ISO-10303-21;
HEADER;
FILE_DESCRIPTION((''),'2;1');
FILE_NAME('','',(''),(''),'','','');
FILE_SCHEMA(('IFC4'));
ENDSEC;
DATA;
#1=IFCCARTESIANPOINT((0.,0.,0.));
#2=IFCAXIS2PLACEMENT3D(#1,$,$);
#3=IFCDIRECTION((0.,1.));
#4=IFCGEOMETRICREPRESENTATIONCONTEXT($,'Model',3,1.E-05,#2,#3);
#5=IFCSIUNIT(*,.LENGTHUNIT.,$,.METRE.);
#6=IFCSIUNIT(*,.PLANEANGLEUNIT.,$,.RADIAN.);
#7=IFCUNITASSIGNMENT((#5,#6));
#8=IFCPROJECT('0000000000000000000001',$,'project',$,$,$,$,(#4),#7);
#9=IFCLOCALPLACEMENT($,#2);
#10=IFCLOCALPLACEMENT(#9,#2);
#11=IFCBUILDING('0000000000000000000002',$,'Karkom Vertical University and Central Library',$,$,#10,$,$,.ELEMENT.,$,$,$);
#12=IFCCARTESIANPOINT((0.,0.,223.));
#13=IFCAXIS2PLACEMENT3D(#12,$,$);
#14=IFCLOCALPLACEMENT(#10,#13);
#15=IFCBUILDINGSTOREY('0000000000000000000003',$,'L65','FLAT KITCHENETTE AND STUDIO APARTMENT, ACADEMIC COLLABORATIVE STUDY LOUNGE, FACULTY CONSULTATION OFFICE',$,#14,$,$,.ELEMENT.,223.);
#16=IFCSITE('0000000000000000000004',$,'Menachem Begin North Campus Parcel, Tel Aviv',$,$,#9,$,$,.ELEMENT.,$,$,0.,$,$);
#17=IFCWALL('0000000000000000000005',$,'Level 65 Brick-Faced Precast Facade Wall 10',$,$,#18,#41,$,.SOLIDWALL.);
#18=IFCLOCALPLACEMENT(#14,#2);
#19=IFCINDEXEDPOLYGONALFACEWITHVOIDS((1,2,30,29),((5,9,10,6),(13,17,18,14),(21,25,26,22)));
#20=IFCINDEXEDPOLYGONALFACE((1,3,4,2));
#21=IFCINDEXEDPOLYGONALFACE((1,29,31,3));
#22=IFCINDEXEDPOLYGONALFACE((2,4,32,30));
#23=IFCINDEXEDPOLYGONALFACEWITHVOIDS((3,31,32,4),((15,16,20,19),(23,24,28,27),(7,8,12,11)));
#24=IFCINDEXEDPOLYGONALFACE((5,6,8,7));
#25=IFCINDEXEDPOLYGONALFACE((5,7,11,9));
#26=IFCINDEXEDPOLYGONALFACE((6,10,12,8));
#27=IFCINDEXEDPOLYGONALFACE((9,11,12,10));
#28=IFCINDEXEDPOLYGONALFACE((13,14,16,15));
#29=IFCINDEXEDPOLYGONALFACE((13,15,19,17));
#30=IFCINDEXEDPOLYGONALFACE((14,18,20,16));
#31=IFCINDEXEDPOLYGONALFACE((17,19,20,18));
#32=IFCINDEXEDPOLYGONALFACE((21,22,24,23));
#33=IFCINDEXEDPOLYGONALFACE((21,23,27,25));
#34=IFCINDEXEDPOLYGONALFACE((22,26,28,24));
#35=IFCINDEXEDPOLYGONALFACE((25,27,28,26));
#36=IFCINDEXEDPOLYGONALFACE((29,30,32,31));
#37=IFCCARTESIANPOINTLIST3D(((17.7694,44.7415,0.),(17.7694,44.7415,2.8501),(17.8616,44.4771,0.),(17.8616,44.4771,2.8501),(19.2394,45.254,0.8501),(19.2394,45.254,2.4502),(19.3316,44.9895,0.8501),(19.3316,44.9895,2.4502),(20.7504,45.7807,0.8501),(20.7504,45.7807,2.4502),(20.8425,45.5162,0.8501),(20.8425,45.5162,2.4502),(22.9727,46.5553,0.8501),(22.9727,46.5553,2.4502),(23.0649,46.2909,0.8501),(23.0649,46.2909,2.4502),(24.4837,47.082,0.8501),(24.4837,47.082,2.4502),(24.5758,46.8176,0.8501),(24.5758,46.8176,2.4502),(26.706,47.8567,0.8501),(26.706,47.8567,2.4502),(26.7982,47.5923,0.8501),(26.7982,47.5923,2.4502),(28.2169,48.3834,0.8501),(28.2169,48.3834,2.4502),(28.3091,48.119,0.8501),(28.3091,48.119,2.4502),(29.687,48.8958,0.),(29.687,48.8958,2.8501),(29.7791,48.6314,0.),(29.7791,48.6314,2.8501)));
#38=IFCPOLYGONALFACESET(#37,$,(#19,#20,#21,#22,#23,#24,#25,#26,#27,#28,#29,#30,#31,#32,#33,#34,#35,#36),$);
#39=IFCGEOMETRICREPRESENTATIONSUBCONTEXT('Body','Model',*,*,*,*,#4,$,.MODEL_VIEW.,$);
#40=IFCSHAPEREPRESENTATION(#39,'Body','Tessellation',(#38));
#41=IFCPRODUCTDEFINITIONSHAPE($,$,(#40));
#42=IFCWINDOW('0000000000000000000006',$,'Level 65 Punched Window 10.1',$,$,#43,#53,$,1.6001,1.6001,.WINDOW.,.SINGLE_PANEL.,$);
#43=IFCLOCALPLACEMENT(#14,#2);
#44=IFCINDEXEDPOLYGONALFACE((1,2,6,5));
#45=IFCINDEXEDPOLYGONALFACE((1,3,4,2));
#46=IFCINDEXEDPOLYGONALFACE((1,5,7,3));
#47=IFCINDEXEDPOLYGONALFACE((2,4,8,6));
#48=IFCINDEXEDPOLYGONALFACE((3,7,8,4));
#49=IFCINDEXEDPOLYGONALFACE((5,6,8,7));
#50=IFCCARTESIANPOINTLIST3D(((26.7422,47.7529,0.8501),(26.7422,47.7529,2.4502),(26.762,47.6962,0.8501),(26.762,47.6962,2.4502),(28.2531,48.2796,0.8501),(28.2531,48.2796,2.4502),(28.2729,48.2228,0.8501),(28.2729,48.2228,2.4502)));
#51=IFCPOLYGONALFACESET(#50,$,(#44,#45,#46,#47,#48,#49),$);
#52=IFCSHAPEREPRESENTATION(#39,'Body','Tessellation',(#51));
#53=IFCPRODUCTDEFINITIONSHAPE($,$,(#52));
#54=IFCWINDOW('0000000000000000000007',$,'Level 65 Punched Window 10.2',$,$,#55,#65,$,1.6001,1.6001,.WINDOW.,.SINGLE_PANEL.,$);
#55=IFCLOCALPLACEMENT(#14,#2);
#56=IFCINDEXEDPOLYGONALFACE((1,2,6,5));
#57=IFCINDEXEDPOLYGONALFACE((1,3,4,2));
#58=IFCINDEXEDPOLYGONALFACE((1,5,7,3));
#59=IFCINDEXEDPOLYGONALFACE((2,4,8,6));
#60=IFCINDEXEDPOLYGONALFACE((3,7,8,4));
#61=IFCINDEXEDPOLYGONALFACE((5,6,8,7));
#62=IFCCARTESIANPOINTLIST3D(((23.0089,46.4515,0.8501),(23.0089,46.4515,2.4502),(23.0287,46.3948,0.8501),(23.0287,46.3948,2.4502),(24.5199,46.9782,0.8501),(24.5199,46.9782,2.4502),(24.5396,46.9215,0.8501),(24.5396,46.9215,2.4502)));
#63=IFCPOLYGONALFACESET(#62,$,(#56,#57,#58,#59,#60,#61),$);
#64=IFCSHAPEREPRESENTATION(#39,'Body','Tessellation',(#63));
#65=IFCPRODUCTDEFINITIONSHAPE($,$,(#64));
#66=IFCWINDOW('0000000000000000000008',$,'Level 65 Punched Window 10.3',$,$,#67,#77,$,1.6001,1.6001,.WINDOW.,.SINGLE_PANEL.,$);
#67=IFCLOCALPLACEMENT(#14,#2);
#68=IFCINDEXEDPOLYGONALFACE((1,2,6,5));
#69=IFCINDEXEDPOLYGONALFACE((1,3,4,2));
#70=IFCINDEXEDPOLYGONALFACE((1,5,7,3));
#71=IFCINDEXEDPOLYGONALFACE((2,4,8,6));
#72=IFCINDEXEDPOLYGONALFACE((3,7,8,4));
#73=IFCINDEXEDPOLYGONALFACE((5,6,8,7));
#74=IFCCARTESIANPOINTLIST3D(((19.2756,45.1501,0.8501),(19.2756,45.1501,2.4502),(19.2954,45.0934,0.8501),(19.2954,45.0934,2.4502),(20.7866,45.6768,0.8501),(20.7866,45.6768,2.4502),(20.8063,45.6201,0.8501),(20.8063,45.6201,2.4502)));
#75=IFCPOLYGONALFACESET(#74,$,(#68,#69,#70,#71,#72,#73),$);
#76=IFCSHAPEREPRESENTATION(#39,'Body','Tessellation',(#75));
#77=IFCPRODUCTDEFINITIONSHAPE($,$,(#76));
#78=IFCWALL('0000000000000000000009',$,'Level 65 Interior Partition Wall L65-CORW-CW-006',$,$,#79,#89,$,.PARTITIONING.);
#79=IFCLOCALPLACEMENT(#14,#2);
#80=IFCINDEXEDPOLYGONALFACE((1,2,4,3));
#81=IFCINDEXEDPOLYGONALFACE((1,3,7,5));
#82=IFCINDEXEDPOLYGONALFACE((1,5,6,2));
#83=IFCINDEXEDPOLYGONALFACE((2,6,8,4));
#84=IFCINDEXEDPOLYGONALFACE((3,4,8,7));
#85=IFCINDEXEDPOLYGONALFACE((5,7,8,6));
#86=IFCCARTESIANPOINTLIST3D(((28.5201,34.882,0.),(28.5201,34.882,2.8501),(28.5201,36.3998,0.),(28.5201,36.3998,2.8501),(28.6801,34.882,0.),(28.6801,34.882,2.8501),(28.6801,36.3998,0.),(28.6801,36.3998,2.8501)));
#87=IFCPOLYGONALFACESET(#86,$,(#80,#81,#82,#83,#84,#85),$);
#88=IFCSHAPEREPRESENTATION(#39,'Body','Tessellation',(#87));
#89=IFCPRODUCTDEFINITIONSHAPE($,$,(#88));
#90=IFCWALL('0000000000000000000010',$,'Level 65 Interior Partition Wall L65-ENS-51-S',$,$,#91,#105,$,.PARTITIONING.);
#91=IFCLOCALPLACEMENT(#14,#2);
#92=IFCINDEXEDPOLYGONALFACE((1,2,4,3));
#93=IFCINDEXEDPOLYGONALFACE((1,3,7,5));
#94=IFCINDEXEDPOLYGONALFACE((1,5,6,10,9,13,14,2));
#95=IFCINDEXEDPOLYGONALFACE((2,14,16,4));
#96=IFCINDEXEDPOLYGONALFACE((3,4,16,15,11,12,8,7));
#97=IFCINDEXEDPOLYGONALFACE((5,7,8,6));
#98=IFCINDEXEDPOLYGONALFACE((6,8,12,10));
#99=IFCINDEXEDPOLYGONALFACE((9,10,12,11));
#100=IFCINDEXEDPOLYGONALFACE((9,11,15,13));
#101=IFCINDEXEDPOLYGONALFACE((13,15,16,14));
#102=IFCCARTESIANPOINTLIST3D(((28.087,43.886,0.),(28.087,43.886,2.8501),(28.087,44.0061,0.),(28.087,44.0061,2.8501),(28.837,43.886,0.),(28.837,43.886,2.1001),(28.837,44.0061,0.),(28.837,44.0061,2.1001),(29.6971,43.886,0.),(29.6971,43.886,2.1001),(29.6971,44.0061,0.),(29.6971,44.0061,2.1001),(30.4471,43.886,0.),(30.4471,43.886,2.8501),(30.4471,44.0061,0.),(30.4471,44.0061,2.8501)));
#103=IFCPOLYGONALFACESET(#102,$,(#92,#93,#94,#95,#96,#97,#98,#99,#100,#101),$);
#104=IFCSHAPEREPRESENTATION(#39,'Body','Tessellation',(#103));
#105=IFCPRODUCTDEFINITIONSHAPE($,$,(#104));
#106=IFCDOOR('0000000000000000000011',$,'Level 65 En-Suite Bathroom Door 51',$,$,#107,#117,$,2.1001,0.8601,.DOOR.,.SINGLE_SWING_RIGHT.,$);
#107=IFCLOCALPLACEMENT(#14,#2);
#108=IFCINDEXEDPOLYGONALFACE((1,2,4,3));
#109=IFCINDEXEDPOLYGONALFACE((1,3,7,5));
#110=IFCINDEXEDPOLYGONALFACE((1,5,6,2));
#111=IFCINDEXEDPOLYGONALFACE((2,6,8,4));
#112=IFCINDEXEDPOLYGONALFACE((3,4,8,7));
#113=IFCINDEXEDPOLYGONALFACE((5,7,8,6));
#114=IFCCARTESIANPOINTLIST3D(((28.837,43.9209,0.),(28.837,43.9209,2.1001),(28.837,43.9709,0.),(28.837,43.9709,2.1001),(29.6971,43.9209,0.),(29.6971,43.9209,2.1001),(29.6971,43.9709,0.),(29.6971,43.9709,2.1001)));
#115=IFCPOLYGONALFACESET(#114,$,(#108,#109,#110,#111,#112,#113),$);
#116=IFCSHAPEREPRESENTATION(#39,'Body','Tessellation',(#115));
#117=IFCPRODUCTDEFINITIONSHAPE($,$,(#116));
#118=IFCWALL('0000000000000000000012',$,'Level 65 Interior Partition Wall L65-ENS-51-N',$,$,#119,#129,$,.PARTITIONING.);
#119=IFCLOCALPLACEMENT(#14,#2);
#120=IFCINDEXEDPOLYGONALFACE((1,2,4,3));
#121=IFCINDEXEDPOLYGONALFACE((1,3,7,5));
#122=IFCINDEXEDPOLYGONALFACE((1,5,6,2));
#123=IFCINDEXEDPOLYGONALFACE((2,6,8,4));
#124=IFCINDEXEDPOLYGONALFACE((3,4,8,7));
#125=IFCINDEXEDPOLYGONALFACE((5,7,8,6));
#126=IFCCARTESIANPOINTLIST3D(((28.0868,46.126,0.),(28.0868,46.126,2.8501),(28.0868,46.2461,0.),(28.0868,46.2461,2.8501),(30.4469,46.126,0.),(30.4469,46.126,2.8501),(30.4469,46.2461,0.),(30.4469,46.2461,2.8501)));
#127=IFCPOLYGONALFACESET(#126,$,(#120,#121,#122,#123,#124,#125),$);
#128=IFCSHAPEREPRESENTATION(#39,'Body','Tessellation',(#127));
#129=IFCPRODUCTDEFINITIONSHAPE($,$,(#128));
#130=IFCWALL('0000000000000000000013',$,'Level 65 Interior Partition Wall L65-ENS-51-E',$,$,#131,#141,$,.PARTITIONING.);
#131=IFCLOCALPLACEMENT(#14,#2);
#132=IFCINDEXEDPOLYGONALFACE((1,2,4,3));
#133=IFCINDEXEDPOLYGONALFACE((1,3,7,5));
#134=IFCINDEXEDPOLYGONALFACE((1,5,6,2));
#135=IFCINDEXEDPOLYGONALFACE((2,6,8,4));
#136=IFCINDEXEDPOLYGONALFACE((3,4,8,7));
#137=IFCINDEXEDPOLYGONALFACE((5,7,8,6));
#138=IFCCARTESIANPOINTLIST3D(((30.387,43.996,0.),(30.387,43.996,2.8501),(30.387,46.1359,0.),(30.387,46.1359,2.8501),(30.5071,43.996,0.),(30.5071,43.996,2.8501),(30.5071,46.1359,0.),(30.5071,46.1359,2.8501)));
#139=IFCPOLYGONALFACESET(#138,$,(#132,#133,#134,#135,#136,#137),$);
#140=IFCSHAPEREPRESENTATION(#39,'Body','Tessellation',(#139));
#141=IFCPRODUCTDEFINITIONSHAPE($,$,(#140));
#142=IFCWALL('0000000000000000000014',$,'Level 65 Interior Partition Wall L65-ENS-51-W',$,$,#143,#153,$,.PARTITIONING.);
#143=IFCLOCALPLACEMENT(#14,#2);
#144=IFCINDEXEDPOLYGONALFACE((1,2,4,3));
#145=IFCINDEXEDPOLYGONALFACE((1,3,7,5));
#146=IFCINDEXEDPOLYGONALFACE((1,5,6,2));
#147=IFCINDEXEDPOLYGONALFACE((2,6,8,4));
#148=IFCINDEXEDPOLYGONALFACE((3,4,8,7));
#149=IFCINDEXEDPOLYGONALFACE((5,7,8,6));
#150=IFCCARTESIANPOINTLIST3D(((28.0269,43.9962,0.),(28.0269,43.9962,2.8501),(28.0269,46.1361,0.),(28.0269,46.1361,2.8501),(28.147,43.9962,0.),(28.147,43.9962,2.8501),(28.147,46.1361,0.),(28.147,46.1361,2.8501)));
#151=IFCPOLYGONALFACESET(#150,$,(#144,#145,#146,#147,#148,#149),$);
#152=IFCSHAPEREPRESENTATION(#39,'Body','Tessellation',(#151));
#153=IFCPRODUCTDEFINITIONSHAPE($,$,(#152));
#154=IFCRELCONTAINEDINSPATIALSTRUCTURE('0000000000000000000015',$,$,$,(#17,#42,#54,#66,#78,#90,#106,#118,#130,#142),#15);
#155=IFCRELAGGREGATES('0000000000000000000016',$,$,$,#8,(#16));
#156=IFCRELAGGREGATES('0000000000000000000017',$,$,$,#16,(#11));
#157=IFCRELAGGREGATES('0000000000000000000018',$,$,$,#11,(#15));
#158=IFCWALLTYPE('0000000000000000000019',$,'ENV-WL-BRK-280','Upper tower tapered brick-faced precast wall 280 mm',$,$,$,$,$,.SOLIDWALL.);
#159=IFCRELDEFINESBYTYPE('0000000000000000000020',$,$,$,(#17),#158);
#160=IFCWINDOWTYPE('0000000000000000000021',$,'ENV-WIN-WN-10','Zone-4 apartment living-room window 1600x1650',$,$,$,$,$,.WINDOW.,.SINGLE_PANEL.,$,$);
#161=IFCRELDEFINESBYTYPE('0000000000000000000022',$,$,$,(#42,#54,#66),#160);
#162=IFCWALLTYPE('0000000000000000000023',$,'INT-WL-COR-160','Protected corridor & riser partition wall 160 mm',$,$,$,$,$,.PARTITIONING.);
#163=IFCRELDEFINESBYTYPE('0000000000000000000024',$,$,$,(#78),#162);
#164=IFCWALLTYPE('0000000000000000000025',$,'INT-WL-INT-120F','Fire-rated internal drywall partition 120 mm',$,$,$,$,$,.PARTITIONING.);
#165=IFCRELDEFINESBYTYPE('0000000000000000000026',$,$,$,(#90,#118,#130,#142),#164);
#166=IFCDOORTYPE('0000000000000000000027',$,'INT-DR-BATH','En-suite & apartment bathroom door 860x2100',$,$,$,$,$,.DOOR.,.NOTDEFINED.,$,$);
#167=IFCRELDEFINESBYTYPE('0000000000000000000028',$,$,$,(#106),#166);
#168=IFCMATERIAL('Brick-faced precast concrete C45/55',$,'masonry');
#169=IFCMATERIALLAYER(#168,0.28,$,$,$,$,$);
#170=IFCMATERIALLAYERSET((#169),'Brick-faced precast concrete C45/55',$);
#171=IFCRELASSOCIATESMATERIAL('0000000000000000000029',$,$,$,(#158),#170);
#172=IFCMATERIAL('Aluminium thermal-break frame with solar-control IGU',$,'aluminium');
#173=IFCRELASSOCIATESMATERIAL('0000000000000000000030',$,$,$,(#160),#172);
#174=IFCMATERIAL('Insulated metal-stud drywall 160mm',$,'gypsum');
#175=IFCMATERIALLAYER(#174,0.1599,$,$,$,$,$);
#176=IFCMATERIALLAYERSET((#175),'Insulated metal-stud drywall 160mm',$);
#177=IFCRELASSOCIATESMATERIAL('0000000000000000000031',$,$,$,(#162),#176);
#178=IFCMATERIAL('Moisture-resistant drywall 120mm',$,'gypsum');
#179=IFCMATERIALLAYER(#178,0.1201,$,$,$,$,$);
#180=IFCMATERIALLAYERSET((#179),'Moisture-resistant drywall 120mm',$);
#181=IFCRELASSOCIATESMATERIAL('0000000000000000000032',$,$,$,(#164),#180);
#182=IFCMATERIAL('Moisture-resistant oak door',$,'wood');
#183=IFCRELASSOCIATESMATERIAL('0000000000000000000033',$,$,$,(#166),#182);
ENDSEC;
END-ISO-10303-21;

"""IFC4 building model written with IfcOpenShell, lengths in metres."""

from ifc_helpers import new_model, si_unit, direction, frame, frame_2d, origin, origin_with_axes, place, context, subcontext, project, spatial, rectangle, extrude, source, transform, mapped, material, layer, layer_set, type_object, element, fill, save


model = new_model("IFC4")

# Units and contexts
model_context = context("Model", 3, precision=1e-05, world=origin(), true_north=direction((0.0, 1.0)))
body_context = subcontext(model_context, "Body", "Model", "MODEL_VIEW")
ifc_project = project(units=[si_unit("LENGTHUNIT", "METRE"), si_unit("PLANEANGLEUNIT", "RADIAN")], contexts=[model_context])

# Site, building, storey
site_placement = place(None, origin())
site = spatial("IfcSite", under=ifc_project, at=site_placement, Name="Menachem Begin North Campus Parcel, Tel Aviv", CompositionType="ELEMENT", RefElevation=0.0)
building_placement = place(site_placement, origin())
building = spatial("IfcBuilding", under=site, at=building_placement, Name="Karkom Vertical University and Central Library", CompositionType="ELEMENT")
storey_placement = place(building_placement, frame((0.0, 0.0, 223.0)))
storey = spatial("IfcBuildingStorey", under=building, at=storey_placement, Name="L65", Description="FLAT KITCHENETTE AND STUDIO APARTMENT, ACADEMIC COLLABORATIVE STUDY LOUNGE, FACULTY CONSULTATION OFFICE", CompositionType="ELEMENT", Elevation=223.0)

# Wall, openings, windows
ifc_material_1 = material(Name="Brick-faced precast concrete C45/55", Category="masonry")
ifc_layer_1 = layer(ifc_material_1, 0.28)
ifc_layer_set_1 = layer_set([ifc_layer_1], Name="Brick-faced precast concrete C45/55")
wall_type_1 = type_object("IfcWallType", Name="ENV-WL-BRK-280", Description="Upper tower tapered brick-faced precast wall 280 mm", PredefinedType="SOLIDWALL", material=ifc_layer_set_1)
wall_1_placement = place(storey_placement, frame((29.7332, 48.7637, 0.0), z_axis=(0.0, 0.0, 1.0), x_axis=(-0.944273, -0.329163, 0.0)))
wall_1 = element("IfcWall", 1, at=wall_1_placement, inside=storey, type_object=wall_type_1, Name="Level 65 Brick-Faced Precast Facade Wall 10", PredefinedType="SOLIDWALL", context=body_context, shape_type="SweptSolid", body=[
    extrude(rectangle(XDim=12.6208, YDim=0.28, at=frame_2d((6.3105, 0.0))), origin(), (0.0, 0.0, 1.0), 2.8501),
])
opening_1_placement = place(wall_1_placement, frame((1.5569, 0.0, 0.8501)))
opening_1 = element("IfcOpeningElement", 2, at=opening_1_placement, cuts=wall_1, PredefinedType="OPENING", context=body_context, shape_type="SweptSolid", body=[
    extrude(rectangle(XDim=1.6001, YDim=1.6001, at=frame_2d((0.8, 0.8))), frame((0.0, 0.1499, 0.0), z_axis=(0.0, -1.0, 0.0), x_axis=(1.0, 0.0, 0.0)), (0.0, 0.0, 1.0), 0.3),
])
opening_2_placement = place(wall_1_placement, frame((5.5105, 0.0, 0.8501)))
opening_2 = element("IfcOpeningElement", 3, at=opening_2_placement, cuts=wall_1, PredefinedType="OPENING", context=body_context, shape_type="SweptSolid", body=[
    extrude(rectangle(XDim=1.6001, YDim=1.6001, at=frame_2d((0.8, 0.8))), frame((0.0, 0.1499, 0.0), z_axis=(0.0, -1.0, 0.0), x_axis=(1.0, 0.0, 0.0)), (0.0, 0.0, 1.0), 0.3),
])
opening_3_placement = place(wall_1_placement, frame((9.4641, 0.0, 0.8501)))
opening_3 = element("IfcOpeningElement", 4, at=opening_3_placement, cuts=wall_1, PredefinedType="OPENING", context=body_context, shape_type="SweptSolid", body=[
    extrude(rectangle(XDim=1.6001, YDim=1.6001, at=frame_2d((0.8, 0.8))), frame((0.0, 0.1499, 0.0), z_axis=(0.0, -1.0, 0.0), x_axis=(1.0, 0.0, 0.0)), (0.0, 0.0, 1.0), 0.3),
])
ifc_material_2 = material(Name="Aluminium thermal-break frame with solar-control IGU", Category="aluminium")
window_type = type_object("IfcWindowType", Name="ENV-WIN-WN-10", Description="Zone-4 apartment living-room window 1600x1650", PartitioningType="SINGLE_PANEL", PredefinedType="WINDOW", material=ifc_material_2)
shared_shape_1 = source(origin_with_axes(), body_context, "Body", "SweptSolid", [
    extrude(rectangle(XDim=1.6001, YDim=1.6001, at=frame_2d((0.8, 0.8))), frame((0.0, 0.03, 0.0), z_axis=(0.0, -1.0, 0.0), x_axis=(1.0, 0.0, 0.0)), (0.0, 0.0, 1.0), 0.0601),
])
window_1_placement = place(opening_1_placement, origin())
window_1 = element("IfcWindow", 5, at=window_1_placement, inside=storey, type_object=window_type, Name="Level 65 Punched Window 10.1", OverallHeight=1.6001, OverallWidth=1.6001, PartitioningType="SINGLE_PANEL", PredefinedType="WINDOW", context=body_context, shape_type="MappedRepresentation", body=[
    mapped(shared_shape_1, transform((0.0, 0.0, 0.0), scale=1.0)),
])
fill(opening_1, window_1)
window_2_placement = place(opening_2_placement, origin())
window_2 = element("IfcWindow", 6, at=window_2_placement, inside=storey, type_object=window_type, Name="Level 65 Punched Window 10.2", OverallHeight=1.6001, OverallWidth=1.6001, PartitioningType="SINGLE_PANEL", PredefinedType="WINDOW", context=body_context, shape_type="MappedRepresentation", body=[
    mapped(shared_shape_1, transform((0.0, 0.0, 0.0), scale=1.0)),
])
fill(opening_2, window_2)
window_3_placement = place(opening_3_placement, origin())
window_3 = element("IfcWindow", 7, at=window_3_placement, inside=storey, type_object=window_type, Name="Level 65 Punched Window 10.3", OverallHeight=1.6001, OverallWidth=1.6001, PartitioningType="SINGLE_PANEL", PredefinedType="WINDOW", context=body_context, shape_type="MappedRepresentation", body=[
    mapped(shared_shape_1, transform((0.0, 0.0, 0.0), scale=1.0)),
])
fill(opening_3, window_3)

# Shared definitions
ifc_material_3 = material(Name="Insulated metal-stud drywall 160mm", Category="gypsum")
ifc_layer_2 = layer(ifc_material_3, 0.1599)
ifc_layer_set_2 = layer_set([ifc_layer_2], Name="Insulated metal-stud drywall 160mm")
wall_type_2 = type_object("IfcWallType", Name="INT-WL-COR-160", Description="Protected corridor & riser partition wall 160 mm", PredefinedType="PARTITIONING", material=ifc_layer_set_2)

# Wall
wall_2_placement = place(storey_placement, frame((28.6001, 34.8821, 0.0), z_axis=(0.0, 0.0, 1.0), x_axis=(0.0, 1.0, 0.0)))
element("IfcWall", 8, at=wall_2_placement, inside=storey, type_object=wall_type_2, Name="Level 65 Interior Partition Wall L65-CORW-CW-006", PredefinedType="PARTITIONING", context=body_context, shape_type="SweptSolid", body=[
    extrude(rectangle(XDim=1.5178, YDim=0.1599, at=frame_2d((0.7588, 0.0))), origin(), (0.0, 0.0, 1.0), 2.8501),
])

# Wall, opening, door
ifc_material_4 = material(Name="Moisture-resistant drywall 120mm", Category="gypsum")
ifc_layer_3 = layer(ifc_material_4, 0.1201)
ifc_layer_set_3 = layer_set([ifc_layer_3], Name="Moisture-resistant drywall 120mm")
wall_type_3 = type_object("IfcWallType", Name="INT-WL-INT-120F", Description="Fire-rated internal drywall partition 120 mm", PredefinedType="PARTITIONING", material=ifc_layer_set_3)
wall_3_placement = place(storey_placement, frame((28.0869, 43.946, 0.0), z_axis=(0.0, 0.0, 1.0), x_axis=(1.0, 0.0, 0.0)))
wall_3 = element("IfcWall", 9, at=wall_3_placement, inside=storey, type_object=wall_type_3, Name="Level 65 Interior Partition Wall L65-ENS-51-S", PredefinedType="PARTITIONING", context=body_context, shape_type="SweptSolid", body=[
    extrude(rectangle(XDim=2.3601, YDim=0.1201, at=frame_2d((1.1802, 0.0))), origin(), (0.0, 0.0, 1.0), 2.8501),
])
opening_4_placement = place(wall_3_placement, frame((0.75, 0.0, 0.0)))
opening_4 = element("IfcOpeningElement", 10, at=opening_4_placement, cuts=wall_3, PredefinedType="OPENING", context=body_context, shape_type="SweptSolid", body=[
    extrude(rectangle(XDim=0.8601, YDim=2.1001, at=frame_2d((0.4302, 1.05))), frame((0.0, 0.0701, 0.0), z_axis=(0.0, -1.0, 0.0), x_axis=(1.0, 0.0, 0.0)), (0.0, 0.0, 1.0), 0.1401),
])
ifc_material_5 = material(Name="Moisture-resistant oak door", Category="wood")
door_type_1 = type_object("IfcDoorType", Name="INT-DR-BATH", Description="En-suite & apartment bathroom door 860x2100", OperationType="NOTDEFINED", PredefinedType="DOOR", material=ifc_material_5)
shared_shape_2 = source(origin_with_axes(), body_context, "Body", "SweptSolid", [
    extrude(rectangle(XDim=0.8601, YDim=2.1001, at=frame_2d((0.4302, 1.05))), frame((0.0, 0.0249, 0.0), z_axis=(0.0, -1.0, 0.0), x_axis=(1.0, 0.0, 0.0)), (0.0, 0.0, 1.0), 0.05),
])
door_1_placement = place(opening_4_placement, origin())
door_1 = element("IfcDoor", 11, at=door_1_placement, inside=storey, type_object=door_type_1, Name="Level 65 En-Suite Bathroom Door 51", OperationType="SINGLE_SWING_RIGHT", OverallHeight=2.1001, OverallWidth=0.8601, PredefinedType="DOOR", context=body_context, shape_type="MappedRepresentation", body=[
    mapped(shared_shape_2, transform((0.0, 0.0, 0.0), scale=1.0)),
])
fill(opening_4, door_1)

# Walls
wall_4_placement = place(storey_placement, frame((30.447, 46.186, 0.0), z_axis=(0.0, 0.0, 1.0), x_axis=(-1.0, 0.0, 0.0)))
element("IfcWall", 12, at=wall_4_placement, inside=storey, type_object=wall_type_3, Name="Level 65 Interior Partition Wall L65-ENS-51-N", PredefinedType="PARTITIONING", context=body_context, shape_type="SweptSolid", body=[
    extrude(rectangle(XDim=2.3601, YDim=0.1201, at=frame_2d((1.1802, 0.0))), origin(), (0.0, 0.0, 1.0), 2.8501),
])
for number, where, z_axis, x_axis, name in (
    (13, (30.447, 43.9961, 0.0), (0.0, 0.0, 1.0), (0.0, 1.0, 0.0), "Level 65 Interior Partition Wall L65-ENS-51-E"),
    (14, (28.0869, 46.136, 0.0), (0.0, 0.0, 1.0), (0.0, -1.0, 0.0), "Level 65 Interior Partition Wall L65-ENS-51-W"),
):
    element("IfcWall", number, at=place(storey_placement, frame(where, z_axis=z_axis, x_axis=x_axis)), inside=storey, type_object=wall_type_3, Name=name, PredefinedType="PARTITIONING", context=body_context, shape_type="SweptSolid", body=[
        extrude(rectangle(XDim=2.1399, YDim=0.1201, at=frame_2d((1.0698, 0.0))), origin(), (0.0, 0.0, 1.0), 2.8501),
    ])

save(model, "model.ifc")
